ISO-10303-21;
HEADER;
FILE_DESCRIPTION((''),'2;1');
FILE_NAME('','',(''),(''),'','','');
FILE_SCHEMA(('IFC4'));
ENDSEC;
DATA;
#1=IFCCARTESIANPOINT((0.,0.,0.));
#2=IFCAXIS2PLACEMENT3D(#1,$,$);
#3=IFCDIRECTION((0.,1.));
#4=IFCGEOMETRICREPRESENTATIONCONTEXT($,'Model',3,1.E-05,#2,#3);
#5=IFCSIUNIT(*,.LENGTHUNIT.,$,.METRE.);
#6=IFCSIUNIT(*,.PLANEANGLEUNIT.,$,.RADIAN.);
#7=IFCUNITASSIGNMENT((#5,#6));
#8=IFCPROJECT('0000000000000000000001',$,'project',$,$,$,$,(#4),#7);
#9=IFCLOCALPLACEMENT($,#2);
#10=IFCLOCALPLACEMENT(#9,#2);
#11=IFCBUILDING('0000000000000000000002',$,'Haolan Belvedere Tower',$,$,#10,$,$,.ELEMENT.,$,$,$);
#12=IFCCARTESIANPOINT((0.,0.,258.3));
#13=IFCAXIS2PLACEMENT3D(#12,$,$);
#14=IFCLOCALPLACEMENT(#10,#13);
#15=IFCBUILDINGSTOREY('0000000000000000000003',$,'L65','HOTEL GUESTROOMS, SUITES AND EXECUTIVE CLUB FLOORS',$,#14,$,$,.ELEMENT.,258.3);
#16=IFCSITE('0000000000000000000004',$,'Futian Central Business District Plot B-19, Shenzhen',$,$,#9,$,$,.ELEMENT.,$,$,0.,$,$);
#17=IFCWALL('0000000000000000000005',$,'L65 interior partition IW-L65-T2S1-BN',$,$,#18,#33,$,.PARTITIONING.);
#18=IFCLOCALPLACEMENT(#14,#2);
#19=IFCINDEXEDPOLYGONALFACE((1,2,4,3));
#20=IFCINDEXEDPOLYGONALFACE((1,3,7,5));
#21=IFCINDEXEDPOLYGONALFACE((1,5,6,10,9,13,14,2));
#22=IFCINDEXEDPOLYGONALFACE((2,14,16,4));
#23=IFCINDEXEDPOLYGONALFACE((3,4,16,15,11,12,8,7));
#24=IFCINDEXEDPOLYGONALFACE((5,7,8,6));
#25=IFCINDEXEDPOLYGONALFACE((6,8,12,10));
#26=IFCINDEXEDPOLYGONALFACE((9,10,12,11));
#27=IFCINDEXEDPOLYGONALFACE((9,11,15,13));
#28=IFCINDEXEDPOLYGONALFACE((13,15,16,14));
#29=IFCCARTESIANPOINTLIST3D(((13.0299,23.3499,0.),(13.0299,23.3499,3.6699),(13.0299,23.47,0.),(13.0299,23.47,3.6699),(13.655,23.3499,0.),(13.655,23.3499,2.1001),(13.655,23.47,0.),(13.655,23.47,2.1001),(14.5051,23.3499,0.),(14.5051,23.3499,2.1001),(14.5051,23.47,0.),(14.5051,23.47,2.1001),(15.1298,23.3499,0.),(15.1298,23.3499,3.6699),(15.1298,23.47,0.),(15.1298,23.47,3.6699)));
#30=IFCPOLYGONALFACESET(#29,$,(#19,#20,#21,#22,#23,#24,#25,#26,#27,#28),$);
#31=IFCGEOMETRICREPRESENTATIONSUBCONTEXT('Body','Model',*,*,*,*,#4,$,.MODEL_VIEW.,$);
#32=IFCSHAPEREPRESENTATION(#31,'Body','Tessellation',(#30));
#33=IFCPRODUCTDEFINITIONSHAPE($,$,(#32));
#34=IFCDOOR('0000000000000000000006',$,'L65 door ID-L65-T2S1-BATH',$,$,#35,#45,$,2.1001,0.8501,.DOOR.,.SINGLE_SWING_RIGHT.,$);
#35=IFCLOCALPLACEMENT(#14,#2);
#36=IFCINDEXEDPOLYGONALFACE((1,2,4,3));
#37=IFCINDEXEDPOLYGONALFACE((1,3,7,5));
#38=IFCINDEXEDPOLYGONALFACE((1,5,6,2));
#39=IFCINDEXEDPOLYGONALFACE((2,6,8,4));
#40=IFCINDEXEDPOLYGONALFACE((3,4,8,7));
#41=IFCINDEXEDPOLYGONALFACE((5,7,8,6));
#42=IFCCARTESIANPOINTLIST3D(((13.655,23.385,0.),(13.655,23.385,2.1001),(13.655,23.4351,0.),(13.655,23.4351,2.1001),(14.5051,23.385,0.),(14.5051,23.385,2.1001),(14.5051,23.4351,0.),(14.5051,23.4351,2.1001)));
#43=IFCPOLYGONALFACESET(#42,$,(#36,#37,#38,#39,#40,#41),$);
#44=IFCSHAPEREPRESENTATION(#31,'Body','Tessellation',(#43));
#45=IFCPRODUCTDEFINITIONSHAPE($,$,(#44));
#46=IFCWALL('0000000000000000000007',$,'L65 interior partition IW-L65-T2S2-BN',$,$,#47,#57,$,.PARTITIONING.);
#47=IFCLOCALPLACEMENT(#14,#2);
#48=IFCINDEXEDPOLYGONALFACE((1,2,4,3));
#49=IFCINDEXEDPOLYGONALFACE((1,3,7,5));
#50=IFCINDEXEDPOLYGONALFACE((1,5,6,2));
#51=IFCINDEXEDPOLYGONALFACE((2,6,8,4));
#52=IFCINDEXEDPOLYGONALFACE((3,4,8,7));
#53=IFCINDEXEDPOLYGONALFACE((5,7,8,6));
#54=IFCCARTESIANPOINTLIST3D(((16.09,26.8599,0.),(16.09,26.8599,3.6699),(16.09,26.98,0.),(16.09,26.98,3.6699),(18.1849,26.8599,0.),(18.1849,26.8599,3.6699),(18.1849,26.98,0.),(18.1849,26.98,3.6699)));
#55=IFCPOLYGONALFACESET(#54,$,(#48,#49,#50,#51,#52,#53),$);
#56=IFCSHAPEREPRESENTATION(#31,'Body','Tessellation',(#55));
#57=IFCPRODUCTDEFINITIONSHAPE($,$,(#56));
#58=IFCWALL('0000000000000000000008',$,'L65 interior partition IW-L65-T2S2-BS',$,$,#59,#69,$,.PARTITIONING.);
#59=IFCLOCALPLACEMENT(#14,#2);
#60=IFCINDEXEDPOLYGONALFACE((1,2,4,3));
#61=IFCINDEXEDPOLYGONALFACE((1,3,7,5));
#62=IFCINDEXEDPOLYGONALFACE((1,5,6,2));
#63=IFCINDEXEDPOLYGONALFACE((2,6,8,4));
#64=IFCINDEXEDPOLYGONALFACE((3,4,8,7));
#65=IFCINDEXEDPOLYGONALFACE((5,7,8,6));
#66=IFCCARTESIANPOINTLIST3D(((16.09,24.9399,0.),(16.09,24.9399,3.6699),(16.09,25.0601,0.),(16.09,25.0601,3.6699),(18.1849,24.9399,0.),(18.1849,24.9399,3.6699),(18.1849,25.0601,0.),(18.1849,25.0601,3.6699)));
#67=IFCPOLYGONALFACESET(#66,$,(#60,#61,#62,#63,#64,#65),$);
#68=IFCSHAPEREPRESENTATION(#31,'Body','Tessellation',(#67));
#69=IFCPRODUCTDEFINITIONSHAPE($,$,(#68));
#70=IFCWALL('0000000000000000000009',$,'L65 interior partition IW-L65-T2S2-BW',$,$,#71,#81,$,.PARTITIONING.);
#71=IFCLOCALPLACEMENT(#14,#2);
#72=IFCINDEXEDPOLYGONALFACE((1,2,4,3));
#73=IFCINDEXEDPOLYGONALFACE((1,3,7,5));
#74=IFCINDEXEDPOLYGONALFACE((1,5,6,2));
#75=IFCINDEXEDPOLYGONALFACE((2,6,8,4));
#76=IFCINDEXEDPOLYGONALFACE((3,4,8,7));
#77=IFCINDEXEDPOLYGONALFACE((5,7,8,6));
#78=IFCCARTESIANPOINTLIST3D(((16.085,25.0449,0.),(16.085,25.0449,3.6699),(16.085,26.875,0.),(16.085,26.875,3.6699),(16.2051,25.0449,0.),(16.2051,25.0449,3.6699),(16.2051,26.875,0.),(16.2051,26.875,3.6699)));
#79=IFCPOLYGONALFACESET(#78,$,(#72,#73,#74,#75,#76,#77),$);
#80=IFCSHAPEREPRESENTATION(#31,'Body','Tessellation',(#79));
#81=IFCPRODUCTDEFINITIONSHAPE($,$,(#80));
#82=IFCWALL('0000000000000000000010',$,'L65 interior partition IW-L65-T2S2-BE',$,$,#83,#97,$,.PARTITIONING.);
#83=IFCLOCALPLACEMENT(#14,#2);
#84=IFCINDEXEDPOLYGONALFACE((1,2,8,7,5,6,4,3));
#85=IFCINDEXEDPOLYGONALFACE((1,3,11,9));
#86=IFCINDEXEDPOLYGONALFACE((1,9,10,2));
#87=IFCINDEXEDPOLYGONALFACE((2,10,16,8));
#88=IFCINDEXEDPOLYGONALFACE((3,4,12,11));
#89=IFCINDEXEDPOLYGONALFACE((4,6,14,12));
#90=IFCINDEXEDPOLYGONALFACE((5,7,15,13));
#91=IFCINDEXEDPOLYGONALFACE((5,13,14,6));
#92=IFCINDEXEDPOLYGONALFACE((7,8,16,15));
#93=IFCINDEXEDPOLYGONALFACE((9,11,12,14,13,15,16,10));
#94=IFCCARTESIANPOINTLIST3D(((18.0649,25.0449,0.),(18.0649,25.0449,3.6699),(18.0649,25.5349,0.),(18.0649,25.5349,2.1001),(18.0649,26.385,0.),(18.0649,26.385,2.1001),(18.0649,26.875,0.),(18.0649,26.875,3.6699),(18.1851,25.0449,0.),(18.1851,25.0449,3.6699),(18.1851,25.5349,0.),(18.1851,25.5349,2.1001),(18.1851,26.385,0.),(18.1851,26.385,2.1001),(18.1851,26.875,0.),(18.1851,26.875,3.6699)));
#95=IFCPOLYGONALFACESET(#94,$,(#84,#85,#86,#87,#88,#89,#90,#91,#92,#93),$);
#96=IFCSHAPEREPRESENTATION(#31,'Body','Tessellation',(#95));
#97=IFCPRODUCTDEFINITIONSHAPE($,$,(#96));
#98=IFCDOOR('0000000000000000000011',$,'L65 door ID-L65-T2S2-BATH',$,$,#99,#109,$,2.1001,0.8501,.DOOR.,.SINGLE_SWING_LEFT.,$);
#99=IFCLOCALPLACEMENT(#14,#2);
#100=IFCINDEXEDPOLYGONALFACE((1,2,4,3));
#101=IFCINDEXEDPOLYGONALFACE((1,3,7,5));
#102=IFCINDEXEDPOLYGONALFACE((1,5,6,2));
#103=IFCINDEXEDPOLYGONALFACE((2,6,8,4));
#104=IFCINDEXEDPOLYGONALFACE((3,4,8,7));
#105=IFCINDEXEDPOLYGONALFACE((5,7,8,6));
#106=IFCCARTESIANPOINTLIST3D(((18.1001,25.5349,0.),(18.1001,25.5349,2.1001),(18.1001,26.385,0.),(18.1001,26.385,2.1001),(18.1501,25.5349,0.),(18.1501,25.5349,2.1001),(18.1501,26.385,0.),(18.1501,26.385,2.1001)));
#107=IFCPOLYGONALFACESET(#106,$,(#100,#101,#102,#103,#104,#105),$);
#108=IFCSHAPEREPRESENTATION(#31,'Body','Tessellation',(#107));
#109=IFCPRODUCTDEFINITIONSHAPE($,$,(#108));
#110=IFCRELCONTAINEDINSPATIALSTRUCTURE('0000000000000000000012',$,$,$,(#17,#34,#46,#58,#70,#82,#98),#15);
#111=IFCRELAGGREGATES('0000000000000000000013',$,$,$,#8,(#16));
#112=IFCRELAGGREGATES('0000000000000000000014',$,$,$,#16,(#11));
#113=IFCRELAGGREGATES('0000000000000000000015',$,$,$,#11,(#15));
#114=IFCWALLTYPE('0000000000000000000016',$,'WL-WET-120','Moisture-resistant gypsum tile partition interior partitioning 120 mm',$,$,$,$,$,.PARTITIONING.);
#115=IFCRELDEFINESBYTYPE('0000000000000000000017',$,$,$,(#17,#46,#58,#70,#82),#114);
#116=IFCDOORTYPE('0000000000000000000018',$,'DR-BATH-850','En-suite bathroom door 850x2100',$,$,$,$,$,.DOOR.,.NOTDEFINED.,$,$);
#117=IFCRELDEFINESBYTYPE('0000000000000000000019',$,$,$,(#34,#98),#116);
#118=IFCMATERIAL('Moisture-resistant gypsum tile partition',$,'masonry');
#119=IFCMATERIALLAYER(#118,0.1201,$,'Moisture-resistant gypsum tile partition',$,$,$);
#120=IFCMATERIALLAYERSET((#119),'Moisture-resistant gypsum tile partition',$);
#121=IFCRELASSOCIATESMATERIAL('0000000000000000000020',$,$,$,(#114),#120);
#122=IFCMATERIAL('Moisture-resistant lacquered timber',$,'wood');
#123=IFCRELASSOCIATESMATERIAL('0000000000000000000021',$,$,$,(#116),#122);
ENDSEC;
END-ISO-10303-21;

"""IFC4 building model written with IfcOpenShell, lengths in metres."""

from ifc_helpers import new_model, si_unit, direction, frame, frame_2d, origin, place, context, subcontext, project, spatial, rectangle, extrude, material, layer, layer_set, type_object, element, fill, save


model = new_model("IFC4")

# Units and contexts
model_context = context("Model", 3, precision=1e-05, world=origin(), true_north=direction((0.0, 1.0)))
body_context = subcontext(model_context, "Body", "Model", "MODEL_VIEW")
ifc_project = project(units=[si_unit("LENGTHUNIT", "METRE"), si_unit("PLANEANGLEUNIT", "RADIAN")], contexts=[model_context])

# Site, building, storey
site_placement = place(None, origin())
site = spatial("IfcSite", under=ifc_project, at=site_placement, Name="Futian Central Business District Plot B-19, Shenzhen", CompositionType="ELEMENT", RefElevation=0.0)
building_placement = place(site_placement, origin())
building = spatial("IfcBuilding", under=site, at=building_placement, Name="Haolan Belvedere Tower", CompositionType="ELEMENT")
storey_placement = place(building_placement, frame((0.0, 0.0, 258.3)))
storey = spatial("IfcBuildingStorey", under=building, at=storey_placement, Name="L65", Description="HOTEL GUESTROOMS, SUITES AND EXECUTIVE CLUB FLOORS", CompositionType="ELEMENT", Elevation=258.3)

# Shared definitions
ifc_material_1 = material(Name="Moisture-resistant gypsum tile partition", Category="masonry")
ifc_layer_1 = layer(ifc_material_1, 0.1201, Name="Moisture-resistant gypsum tile partition")
ifc_layer_set_1 = layer_set([ifc_layer_1], Name="Moisture-resistant gypsum tile partition")
wall_type_1 = type_object("IfcWallType", Name="WL-WET-120", Description="Moisture-resistant gypsum tile partition interior partitioning 120 mm", PredefinedType="PARTITIONING", material=ifc_layer_set_1)

# Wall, opening, door
wall_1_placement = place(storey_placement, frame((13.03, 23.4099, 0.0), z_axis=(0.0, 0.0, 1.0), x_axis=(1.0, 0.0, 0.0)))
wall_1 = element("IfcWall", 1, at=wall_1_placement, inside=storey, type_object=wall_type_1, Name="L65 interior partition IW-L65-T2S1-BN", PredefinedType="PARTITIONING", context=body_context, shape_type="SweptSolid", body=[
    extrude(rectangle(XDim=2.0999, YDim=0.1201, at=frame_2d((1.0498, 0.0))), origin(), (0.0, 0.0, 1.0), 3.6699),
])
opening_1_placement = place(wall_1_placement, frame((1.4751, 0.0, 0.0), z_axis=(0.0, 0.0, 1.0), x_axis=(-1.0, 0.0, 0.0)))
opening_1 = element("IfcOpeningElement", 2, at=opening_1_placement, cuts=wall_1, PredefinedType="OPENING", context=body_context, shape_type="SweptSolid", body=[
    extrude(rectangle(XDim=0.8501, YDim=2.1001, at=frame_2d((0.425, 1.05))), frame((0.0, 0.0701, 0.0), z_axis=(0.0, -1.0, 0.0), x_axis=(1.0, 0.0, 0.0)), (0.0, 0.0, 1.0), 0.1401),
])
ifc_material_2 = material(Name="Moisture-resistant lacquered timber", Category="wood")
door_type_1 = type_object("IfcDoorType", Name="DR-BATH-850", Description="En-suite bathroom door 850x2100", OperationType="NOTDEFINED", PredefinedType="DOOR", material=ifc_material_2)
door_1_placement = place(opening_1_placement, origin())
door_1 = element("IfcDoor", 3, at=door_1_placement, inside=storey, type_object=door_type_1, Name="L65 door ID-L65-T2S1-BATH", OperationType="SINGLE_SWING_RIGHT", OverallHeight=2.1001, OverallWidth=0.8501, PredefinedType="DOOR", context=body_context, shape_type="SweptSolid", body=[
    extrude(rectangle(XDim=0.8501, YDim=2.1001, at=frame_2d((0.425, 1.05))), frame((0.0, 0.0249, 0.0), z_axis=(0.0, -1.0, 0.0), x_axis=(1.0, 0.0, 0.0)), (0.0, 0.0, 1.0), 0.05),
])
fill(opening_1, door_1)

# Walls
for number, where, z_axis, x_axis, name in (
    (4, (16.0901, 26.9199, 0.0), (0.0, 0.0, 1.0), (1.0, 0.0, 0.0), "L65 interior partition IW-L65-T2S2-BN"),
    (5, (16.0901, 25.0, 0.0), (0.0, 0.0, 1.0), (1.0, 0.0, 0.0), "L65 interior partition IW-L65-T2S2-BS"),
):
    element("IfcWall", number, at=place(storey_placement, frame(where, z_axis=z_axis, x_axis=x_axis)), inside=storey, type_object=wall_type_1, Name=name, PredefinedType="PARTITIONING", context=body_context, shape_type="SweptSolid", body=[
        extrude(rectangle(XDim=2.095, YDim=0.1201, at=frame_2d((1.0474, 0.0))), origin(), (0.0, 0.0, 1.0), 3.6699),
    ])
wall_2_placement = place(storey_placement, frame((16.145, 25.0449, 0.0), z_axis=(0.0, 0.0, 1.0), x_axis=(0.0, 1.0, 0.0)))
element("IfcWall", 6, at=wall_2_placement, inside=storey, type_object=wall_type_1, Name="L65 interior partition IW-L65-T2S2-BW", PredefinedType="PARTITIONING", context=body_context, shape_type="SweptSolid", body=[
    extrude(rectangle(XDim=1.8301, YDim=0.1201, at=frame_2d((0.915, 0.0))), origin(), (0.0, 0.0, 1.0), 3.6699),
])

# Wall, opening, door
wall_3_placement = place(storey_placement, frame((18.125, 25.0449, 0.0), z_axis=(0.0, 0.0, 1.0), x_axis=(0.0, 1.0, 0.0)))
wall_3 = element("IfcWall", 7, at=wall_3_placement, inside=storey, type_object=wall_type_1, Name="L65 interior partition IW-L65-T2S2-BE", PredefinedType="PARTITIONING", context=body_context, shape_type="SweptSolid", body=[
    extrude(rectangle(XDim=1.8301, YDim=0.1201, at=frame_2d((0.915, 0.0))), origin(), (0.0, 0.0, 1.0), 3.6699),
])
opening_2_placement = place(wall_3_placement, frame((0.49, 0.0, 0.0)))
opening_2 = element("IfcOpeningElement", 8, at=opening_2_placement, cuts=wall_3, PredefinedType="OPENING", context=body_context, shape_type="SweptSolid", body=[
    extrude(rectangle(XDim=0.8501, YDim=2.1001, at=frame_2d((0.425, 1.05))), frame((0.0, 0.0701, 0.0), z_axis=(0.0, -1.0, 0.0), x_axis=(1.0, 0.0, 0.0)), (0.0, 0.0, 1.0), 0.1401),
])
door_2_placement = place(opening_2_placement, origin())
door_2 = element("IfcDoor", 9, at=door_2_placement, inside=storey, type_object=door_type_1, Name="L65 door ID-L65-T2S2-BATH", OperationType="SINGLE_SWING_LEFT", OverallHeight=2.1001, OverallWidth=0.8501, PredefinedType="DOOR", context=body_context, shape_type="SweptSolid", body=[
    extrude(rectangle(XDim=0.8501, YDim=2.1001, at=frame_2d((0.425, 1.05))), frame((0.0, 0.0249, 0.0), z_axis=(0.0, -1.0, 0.0), x_axis=(1.0, 0.0, 0.0)), (0.0, 0.0, 1.0), 0.05),
])
fill(opening_2, door_2)

save(model, "model.ifc")
